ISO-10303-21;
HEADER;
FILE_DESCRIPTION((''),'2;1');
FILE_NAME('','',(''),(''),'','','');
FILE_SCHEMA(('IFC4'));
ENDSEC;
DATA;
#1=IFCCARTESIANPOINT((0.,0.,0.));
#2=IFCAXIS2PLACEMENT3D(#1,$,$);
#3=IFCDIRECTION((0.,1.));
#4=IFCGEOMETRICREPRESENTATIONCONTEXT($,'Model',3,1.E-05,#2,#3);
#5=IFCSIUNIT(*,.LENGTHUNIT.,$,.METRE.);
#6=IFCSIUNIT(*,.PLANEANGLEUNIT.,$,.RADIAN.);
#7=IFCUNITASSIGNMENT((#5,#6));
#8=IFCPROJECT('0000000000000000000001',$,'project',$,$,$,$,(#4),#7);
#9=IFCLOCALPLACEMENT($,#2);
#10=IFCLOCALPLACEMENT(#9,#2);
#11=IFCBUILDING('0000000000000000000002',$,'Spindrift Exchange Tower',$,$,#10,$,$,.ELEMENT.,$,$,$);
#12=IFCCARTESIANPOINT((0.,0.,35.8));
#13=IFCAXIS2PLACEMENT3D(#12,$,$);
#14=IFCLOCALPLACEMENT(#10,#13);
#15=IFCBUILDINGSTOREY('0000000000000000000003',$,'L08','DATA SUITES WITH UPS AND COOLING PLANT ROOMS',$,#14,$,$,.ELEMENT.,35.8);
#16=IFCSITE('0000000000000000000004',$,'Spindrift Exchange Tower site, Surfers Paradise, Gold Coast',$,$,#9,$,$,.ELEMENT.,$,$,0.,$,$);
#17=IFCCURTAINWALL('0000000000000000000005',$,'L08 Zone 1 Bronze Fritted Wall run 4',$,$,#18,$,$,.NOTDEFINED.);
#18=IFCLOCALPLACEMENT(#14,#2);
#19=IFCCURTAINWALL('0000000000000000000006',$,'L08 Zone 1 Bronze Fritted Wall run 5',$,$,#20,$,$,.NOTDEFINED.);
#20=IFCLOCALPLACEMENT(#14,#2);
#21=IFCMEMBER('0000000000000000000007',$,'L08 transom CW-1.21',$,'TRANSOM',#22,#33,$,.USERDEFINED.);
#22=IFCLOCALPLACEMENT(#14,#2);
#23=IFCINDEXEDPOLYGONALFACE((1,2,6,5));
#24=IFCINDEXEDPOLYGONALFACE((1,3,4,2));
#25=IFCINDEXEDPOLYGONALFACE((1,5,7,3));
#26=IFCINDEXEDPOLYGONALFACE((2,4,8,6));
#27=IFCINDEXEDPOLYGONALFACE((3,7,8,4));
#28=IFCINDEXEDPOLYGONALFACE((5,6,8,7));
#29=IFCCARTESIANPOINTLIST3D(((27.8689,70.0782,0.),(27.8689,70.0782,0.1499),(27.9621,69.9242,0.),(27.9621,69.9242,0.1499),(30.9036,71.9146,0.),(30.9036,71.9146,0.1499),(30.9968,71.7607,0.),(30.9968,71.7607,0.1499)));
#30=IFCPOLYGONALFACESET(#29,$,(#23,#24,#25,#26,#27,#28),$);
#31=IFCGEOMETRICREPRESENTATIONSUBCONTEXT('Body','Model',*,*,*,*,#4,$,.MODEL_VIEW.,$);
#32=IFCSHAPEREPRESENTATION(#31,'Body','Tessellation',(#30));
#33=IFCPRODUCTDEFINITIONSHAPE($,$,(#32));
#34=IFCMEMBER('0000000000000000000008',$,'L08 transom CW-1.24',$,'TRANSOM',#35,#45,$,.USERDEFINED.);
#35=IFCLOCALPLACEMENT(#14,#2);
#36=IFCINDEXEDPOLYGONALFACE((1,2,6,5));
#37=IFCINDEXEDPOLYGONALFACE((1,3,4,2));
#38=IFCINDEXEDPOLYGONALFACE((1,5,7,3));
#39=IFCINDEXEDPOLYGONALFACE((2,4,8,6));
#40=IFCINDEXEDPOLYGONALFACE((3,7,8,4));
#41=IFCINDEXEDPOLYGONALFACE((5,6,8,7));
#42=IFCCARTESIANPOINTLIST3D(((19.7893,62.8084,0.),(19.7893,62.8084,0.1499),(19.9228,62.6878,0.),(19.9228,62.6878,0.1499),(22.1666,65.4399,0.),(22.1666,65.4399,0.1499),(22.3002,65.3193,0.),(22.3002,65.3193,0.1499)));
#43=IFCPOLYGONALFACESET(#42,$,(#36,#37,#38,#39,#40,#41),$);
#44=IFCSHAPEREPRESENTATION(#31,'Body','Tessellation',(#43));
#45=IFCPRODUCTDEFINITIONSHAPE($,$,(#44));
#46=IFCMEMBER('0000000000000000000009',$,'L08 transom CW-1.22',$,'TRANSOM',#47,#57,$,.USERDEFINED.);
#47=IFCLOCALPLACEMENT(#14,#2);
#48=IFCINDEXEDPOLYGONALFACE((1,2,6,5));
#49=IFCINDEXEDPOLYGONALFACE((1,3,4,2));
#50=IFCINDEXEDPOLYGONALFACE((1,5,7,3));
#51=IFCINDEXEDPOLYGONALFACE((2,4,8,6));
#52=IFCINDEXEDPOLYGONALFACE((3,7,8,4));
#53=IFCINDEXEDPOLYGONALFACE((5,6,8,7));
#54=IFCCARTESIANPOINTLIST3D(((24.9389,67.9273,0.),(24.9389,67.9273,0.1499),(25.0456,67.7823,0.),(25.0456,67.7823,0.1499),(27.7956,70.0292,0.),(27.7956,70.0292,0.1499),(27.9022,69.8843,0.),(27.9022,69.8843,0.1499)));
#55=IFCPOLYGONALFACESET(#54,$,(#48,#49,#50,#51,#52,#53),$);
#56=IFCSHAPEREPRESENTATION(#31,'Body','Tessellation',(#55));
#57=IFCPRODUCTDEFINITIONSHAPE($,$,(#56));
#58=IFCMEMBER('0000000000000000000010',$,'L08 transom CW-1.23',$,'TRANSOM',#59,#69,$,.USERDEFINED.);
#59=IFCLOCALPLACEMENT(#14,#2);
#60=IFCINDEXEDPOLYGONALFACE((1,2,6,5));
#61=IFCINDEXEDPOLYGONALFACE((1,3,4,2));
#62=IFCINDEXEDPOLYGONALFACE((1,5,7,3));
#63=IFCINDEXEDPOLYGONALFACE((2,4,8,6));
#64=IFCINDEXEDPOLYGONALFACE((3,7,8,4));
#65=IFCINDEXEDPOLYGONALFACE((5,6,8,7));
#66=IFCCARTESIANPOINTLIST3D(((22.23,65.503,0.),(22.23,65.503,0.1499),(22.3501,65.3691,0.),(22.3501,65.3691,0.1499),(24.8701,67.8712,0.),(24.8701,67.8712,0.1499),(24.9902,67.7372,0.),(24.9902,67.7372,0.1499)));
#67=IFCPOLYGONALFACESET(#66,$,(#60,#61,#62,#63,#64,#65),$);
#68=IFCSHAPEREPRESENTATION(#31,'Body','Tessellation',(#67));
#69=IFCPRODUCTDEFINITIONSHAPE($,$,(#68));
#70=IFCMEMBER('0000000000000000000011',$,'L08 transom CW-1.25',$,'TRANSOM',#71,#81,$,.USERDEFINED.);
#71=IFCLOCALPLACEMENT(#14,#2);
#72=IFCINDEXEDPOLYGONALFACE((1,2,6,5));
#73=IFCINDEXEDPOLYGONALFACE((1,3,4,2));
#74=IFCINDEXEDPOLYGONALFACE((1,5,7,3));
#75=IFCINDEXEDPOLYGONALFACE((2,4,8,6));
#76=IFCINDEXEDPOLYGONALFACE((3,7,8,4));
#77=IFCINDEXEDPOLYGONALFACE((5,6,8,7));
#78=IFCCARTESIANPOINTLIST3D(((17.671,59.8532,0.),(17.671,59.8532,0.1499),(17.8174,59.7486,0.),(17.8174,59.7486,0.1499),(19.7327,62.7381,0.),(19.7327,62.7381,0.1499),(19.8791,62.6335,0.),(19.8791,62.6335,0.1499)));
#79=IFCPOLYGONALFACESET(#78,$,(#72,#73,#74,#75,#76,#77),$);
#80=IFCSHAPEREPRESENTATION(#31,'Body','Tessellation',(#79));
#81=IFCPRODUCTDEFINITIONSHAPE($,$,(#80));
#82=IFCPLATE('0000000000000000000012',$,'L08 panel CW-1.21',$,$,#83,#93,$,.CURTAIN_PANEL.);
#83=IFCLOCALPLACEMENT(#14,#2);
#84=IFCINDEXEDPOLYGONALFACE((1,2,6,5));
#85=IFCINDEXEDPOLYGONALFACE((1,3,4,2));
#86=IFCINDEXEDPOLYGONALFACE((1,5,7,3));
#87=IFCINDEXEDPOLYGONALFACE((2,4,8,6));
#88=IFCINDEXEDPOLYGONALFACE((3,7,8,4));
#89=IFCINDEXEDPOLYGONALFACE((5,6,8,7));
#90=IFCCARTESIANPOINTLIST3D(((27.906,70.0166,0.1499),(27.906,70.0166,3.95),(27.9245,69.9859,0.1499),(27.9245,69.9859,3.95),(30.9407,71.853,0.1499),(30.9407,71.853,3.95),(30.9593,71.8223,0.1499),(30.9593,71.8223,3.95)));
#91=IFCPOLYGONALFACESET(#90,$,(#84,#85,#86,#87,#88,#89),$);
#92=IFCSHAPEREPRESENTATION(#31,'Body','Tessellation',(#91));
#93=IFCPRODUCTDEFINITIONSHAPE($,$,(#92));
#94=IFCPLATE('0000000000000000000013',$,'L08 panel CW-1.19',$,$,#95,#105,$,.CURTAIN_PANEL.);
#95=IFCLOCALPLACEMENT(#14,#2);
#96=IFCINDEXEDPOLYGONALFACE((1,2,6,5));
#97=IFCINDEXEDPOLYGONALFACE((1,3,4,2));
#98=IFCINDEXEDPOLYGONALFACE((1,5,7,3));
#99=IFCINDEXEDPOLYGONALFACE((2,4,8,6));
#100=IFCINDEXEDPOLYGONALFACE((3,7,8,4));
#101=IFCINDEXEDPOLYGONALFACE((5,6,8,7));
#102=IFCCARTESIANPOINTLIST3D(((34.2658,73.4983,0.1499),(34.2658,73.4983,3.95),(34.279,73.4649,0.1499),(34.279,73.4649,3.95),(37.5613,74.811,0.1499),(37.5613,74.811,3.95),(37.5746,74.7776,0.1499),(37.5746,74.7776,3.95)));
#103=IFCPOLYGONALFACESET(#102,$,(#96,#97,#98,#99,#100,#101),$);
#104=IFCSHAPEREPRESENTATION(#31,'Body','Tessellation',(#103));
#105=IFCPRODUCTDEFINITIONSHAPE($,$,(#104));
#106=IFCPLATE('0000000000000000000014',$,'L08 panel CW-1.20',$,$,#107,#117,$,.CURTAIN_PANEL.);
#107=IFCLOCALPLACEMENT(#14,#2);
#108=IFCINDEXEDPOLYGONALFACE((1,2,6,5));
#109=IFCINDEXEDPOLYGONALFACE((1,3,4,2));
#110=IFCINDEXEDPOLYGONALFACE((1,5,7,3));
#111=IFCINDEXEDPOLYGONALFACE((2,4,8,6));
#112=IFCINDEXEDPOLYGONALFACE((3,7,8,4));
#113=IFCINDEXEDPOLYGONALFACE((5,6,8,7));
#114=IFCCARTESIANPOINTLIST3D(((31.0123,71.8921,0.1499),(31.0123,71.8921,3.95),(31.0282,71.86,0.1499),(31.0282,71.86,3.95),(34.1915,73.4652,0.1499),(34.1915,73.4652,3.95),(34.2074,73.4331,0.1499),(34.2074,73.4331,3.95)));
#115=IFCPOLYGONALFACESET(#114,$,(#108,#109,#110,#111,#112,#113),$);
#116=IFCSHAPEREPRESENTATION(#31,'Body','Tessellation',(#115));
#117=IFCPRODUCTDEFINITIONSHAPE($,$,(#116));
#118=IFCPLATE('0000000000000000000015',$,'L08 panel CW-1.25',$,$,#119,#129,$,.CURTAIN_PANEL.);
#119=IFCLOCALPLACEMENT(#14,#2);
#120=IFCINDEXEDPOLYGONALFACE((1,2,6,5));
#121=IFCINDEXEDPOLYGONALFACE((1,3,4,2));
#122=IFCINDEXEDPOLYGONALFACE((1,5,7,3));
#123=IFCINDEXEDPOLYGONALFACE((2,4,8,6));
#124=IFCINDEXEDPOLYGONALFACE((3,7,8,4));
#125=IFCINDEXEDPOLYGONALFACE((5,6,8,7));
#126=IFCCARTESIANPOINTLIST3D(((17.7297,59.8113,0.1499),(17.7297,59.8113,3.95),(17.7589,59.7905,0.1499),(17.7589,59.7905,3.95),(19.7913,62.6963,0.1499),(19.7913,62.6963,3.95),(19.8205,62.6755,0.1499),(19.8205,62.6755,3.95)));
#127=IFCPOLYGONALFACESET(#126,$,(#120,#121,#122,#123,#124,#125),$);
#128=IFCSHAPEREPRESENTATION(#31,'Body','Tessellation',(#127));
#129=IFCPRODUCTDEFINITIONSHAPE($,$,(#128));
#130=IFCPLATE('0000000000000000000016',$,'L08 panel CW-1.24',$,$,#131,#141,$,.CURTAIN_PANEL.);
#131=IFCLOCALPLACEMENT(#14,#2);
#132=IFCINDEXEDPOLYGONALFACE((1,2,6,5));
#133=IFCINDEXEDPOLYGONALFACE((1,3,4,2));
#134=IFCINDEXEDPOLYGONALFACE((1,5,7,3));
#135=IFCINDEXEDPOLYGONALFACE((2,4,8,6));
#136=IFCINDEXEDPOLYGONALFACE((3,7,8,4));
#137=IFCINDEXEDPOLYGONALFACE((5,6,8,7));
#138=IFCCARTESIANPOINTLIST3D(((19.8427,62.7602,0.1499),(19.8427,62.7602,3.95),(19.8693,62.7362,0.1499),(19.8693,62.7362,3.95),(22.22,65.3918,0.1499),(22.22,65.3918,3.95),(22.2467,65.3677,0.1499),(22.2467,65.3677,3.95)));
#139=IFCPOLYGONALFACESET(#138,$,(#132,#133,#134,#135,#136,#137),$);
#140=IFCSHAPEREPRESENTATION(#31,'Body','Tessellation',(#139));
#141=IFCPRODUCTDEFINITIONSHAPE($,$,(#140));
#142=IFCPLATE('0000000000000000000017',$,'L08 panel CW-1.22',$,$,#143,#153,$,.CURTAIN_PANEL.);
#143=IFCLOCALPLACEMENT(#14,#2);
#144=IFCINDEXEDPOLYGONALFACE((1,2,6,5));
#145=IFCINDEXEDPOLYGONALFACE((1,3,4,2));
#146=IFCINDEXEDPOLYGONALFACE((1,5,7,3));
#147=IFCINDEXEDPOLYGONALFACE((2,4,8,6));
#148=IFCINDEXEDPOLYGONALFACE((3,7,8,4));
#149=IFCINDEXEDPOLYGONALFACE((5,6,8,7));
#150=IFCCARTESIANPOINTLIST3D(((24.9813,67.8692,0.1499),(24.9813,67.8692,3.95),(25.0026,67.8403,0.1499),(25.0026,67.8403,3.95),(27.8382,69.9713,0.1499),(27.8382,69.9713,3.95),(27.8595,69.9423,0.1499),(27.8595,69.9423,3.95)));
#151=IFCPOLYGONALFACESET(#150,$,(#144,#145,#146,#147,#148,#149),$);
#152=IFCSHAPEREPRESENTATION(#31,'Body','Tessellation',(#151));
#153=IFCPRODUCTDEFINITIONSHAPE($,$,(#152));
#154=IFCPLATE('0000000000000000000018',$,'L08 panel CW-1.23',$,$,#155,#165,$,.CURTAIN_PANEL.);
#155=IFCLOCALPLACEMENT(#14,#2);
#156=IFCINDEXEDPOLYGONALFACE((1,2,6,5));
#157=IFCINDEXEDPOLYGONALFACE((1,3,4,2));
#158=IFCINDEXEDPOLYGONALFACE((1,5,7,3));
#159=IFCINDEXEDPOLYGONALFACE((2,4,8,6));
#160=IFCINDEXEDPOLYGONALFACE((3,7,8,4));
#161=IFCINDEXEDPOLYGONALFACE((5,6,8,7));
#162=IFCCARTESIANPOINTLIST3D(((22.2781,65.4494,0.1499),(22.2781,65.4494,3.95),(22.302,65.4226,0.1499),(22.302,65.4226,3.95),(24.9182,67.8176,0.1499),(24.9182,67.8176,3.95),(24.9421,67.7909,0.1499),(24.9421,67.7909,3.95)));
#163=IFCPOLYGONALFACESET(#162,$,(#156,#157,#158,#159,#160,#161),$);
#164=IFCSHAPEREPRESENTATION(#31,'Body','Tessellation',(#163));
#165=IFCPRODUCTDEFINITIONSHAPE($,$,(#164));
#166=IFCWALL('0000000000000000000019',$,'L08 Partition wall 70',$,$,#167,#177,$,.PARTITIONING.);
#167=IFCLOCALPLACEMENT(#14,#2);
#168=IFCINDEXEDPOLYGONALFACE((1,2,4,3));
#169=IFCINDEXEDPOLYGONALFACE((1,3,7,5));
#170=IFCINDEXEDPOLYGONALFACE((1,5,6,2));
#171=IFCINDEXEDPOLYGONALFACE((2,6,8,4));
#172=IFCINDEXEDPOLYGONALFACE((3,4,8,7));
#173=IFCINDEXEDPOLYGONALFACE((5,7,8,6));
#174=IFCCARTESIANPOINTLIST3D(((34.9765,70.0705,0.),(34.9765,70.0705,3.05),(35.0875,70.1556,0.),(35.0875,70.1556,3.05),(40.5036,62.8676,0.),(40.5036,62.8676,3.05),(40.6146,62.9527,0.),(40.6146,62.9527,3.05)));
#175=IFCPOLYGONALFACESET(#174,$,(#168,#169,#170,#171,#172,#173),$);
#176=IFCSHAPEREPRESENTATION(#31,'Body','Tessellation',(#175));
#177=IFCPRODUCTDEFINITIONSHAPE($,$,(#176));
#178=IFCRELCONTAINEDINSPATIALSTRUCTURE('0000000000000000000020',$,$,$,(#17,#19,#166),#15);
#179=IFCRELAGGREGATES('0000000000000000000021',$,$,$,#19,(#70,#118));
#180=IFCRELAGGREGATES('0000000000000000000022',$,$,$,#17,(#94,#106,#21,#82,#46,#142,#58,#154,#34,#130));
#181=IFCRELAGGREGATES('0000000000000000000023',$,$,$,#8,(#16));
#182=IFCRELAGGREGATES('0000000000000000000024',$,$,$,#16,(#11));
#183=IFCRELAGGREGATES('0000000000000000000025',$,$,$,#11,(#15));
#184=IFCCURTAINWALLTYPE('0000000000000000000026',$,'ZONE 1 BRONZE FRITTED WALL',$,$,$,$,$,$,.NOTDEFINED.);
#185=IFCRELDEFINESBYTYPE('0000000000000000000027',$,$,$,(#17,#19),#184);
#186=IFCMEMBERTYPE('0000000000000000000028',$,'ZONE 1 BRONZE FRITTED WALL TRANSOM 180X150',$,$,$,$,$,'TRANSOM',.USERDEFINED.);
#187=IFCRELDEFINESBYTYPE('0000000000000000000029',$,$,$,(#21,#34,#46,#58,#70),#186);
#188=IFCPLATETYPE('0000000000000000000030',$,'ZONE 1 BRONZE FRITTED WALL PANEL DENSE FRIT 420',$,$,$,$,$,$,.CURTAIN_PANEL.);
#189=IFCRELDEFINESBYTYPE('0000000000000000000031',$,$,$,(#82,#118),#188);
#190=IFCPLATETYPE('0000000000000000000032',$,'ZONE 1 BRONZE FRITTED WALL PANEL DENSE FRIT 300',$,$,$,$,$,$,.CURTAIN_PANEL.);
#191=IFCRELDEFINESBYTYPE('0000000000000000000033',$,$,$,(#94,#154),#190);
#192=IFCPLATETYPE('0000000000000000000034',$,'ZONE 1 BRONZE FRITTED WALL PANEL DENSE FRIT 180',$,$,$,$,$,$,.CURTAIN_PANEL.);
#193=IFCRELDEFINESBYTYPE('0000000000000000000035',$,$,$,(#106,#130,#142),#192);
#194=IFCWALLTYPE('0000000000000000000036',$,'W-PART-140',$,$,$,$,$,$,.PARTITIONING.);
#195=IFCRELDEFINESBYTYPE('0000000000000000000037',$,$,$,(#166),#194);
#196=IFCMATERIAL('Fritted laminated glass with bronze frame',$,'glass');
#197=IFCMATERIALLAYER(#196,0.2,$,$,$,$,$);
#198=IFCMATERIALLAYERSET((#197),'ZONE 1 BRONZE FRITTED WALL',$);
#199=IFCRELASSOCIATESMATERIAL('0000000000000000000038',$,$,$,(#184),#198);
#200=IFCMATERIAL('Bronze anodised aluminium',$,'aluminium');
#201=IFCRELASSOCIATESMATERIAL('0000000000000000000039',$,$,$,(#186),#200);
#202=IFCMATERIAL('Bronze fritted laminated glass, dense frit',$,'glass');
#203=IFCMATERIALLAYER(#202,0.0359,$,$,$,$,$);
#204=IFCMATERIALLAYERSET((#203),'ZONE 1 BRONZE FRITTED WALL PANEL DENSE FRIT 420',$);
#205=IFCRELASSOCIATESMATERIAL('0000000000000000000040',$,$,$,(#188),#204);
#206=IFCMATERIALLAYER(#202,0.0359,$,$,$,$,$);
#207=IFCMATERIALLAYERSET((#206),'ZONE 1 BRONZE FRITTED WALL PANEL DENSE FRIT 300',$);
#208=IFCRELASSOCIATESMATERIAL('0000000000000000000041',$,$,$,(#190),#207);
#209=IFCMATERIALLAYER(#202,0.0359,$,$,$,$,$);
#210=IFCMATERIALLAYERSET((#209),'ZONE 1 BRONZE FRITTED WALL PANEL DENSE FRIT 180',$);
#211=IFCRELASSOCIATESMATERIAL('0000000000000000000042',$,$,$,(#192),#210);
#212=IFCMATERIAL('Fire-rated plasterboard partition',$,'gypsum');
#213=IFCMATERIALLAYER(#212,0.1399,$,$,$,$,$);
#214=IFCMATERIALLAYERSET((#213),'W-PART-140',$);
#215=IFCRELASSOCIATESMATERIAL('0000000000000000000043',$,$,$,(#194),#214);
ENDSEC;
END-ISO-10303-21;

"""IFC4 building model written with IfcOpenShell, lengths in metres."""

from ifc_helpers import new_model, si_unit, direction, frame, frame_2d, origin, origin_2d, place, context, subcontext, project, spatial, rectangle, extrude, source, transform, mapped, material, layer, layer_set, material_profile, profile_set, type_object, element, aggregate, save


model = new_model("IFC4")

# Units and contexts
model_context = context("Model", 3, precision=1e-05, world=origin(), true_north=direction((0.0, 1.0)))
body_context = subcontext(model_context, "Body", "Model", "MODEL_VIEW")
ifc_project = project(units=[si_unit("LENGTHUNIT", "METRE"), si_unit("PLANEANGLEUNIT", "RADIAN")], contexts=[model_context])

# Site, building, storey
site_placement = place(None, origin())
site = spatial("IfcSite", under=ifc_project, at=site_placement, Name="Spindrift Exchange Tower site, Surfers Paradise, Gold Coast", CompositionType="ELEMENT", RefElevation=0.0)
building_placement = place(site_placement, origin())
building = spatial("IfcBuilding", under=site, at=building_placement, Name="Spindrift Exchange Tower", CompositionType="ELEMENT")
storey_placement = place(building_placement, frame((0.0, 0.0, 35.8)))
storey = spatial("IfcBuildingStorey", under=building, at=storey_placement, Name="L08", Description="DATA SUITES WITH UPS AND COOLING PLANT ROOMS", CompositionType="ELEMENT", Elevation=35.8)

# Curtain wall
ifc_material_1 = material(Name="Fritted laminated glass with bronze frame", Category="glass")
ifc_layer_1 = layer(ifc_material_1, 0.2)
ifc_layer_set_1 = layer_set([ifc_layer_1], Name="ZONE 1 BRONZE FRITTED WALL")
curtain_wall_type = type_object("IfcCurtainWallType", Name="ZONE 1 BRONZE FRITTED WALL", PredefinedType="NOTDEFINED", material=ifc_layer_set_1)
curtain_wall_1_placement = place(storey_placement, origin())
curtain_wall_1 = element("IfcCurtainWall", 1, at=curtain_wall_1_placement, inside=storey, type_object=curtain_wall_type, Name="L08 Zone 1 Bronze Fritted Wall run 4", PredefinedType="NOTDEFINED")
ifc_material_2 = material(Name="Bronze anodised aluminium", Category="aluminium")

# Curtain wall
curtain_wall_2_placement = place(storey_placement, origin())
curtain_wall_2 = element("IfcCurtainWall", 2, at=curtain_wall_2_placement, inside=storey, type_object=curtain_wall_type, Name="L08 Zone 1 Bronze Fritted Wall run 5", PredefinedType="NOTDEFINED")

# Members
ifc_material_profile_1 = material_profile(ifc_material_2, rectangle(XDim=0.1799, YDim=0.1499, at=origin_2d()), Name="ZONE 1 BRONZE FRITTED WALL TRANSOM 180X150")
ifc_profile_set_1 = profile_set([ifc_material_profile_1], Name="Bronze anodised aluminium")
member_type_1 = type_object("IfcMemberType", Name="ZONE 1 BRONZE FRITTED WALL TRANSOM 180X150", ElementType="TRANSOM", PredefinedType="USERDEFINED", material=ifc_profile_set_1)
shared_shape_1 = source(origin(), body_context, "Body", "SweptSolid", [
    extrude(rectangle(XDim=0.1799, YDim=0.1499, at=origin_2d()), origin(), (0.0, 0.0, 1.0), 3.5471),
])
member_1_placement = place(storey_placement, frame((30.9502, 71.8376, 0.075), z_axis=(-0.855543, -0.517731, 0.0), x_axis=(0.517731, -0.855543, 0.0)))
member_1 = element("IfcMember", 3, at=member_1_placement, type_object=member_type_1, Name="L08 transom CW-1.21", ObjectType="TRANSOM", PredefinedType="USERDEFINED", context=body_context, shape_type="MappedRepresentation", body=[
    mapped(shared_shape_1, transform((0.0, 0.0, 0.0), scale=1.0)),
])
shared_shape_2 = source(origin(), body_context, "Body", "SweptSolid", [
    extrude(rectangle(XDim=0.1799, YDim=0.1499, at=origin_2d()), origin(), (0.0, 0.0, 1.0), 3.5464),
])
member_2_placement = place(storey_placement, frame((22.2334, 65.3796, 0.075), z_axis=(-0.670367, -0.74203, 0.0), x_axis=(0.74203, -0.670367, 0.0)))
member_2 = element("IfcMember", 4, at=member_2_placement, type_object=member_type_1, Name="L08 transom CW-1.24", ObjectType="TRANSOM", PredefinedType="USERDEFINED", context=body_context, shape_type="MappedRepresentation", body=[
    mapped(shared_shape_2, transform((0.0, 0.0, 0.0), scale=1.0)),
])
shared_shape_3 = source(origin(), body_context, "Body", "SweptSolid", [
    extrude(rectangle(XDim=0.1799, YDim=0.1499, at=origin_2d()), origin(), (0.0, 0.0, 1.0), 3.5466),
])
member_3_placement = place(storey_placement, frame((27.8489, 69.9568, 0.075), z_axis=(-0.805443, -0.592673, 0.0), x_axis=(0.592673, -0.805443, 0.0)))
member_3 = element("IfcMember", 5, at=member_3_placement, type_object=member_type_1, Name="L08 transom CW-1.22", ObjectType="TRANSOM", PredefinedType="USERDEFINED", context=body_context, shape_type="MappedRepresentation", body=[
    mapped(shared_shape_3, transform((0.0, 0.0, 0.0), scale=1.0)),
])
member_4_placement = place(storey_placement, frame((24.9302, 67.8042, 0.075), z_axis=(-0.744409, -0.667724, 0.0), x_axis=(0.667724, -0.744409, 0.0)))
member_4 = element("IfcMember", 6, at=member_4_placement, type_object=member_type_1, Name="L08 transom CW-1.23", ObjectType="TRANSOM", PredefinedType="USERDEFINED", context=body_context, shape_type="MappedRepresentation", body=[
    mapped(shared_shape_3, transform((0.0, 0.0, 0.0), scale=1.0)),
])
shared_shape_4 = source(origin(), body_context, "Body", "SweptSolid", [
    extrude(rectangle(XDim=0.1799, YDim=0.1499, at=origin_2d()), origin(), (0.0, 0.0, 1.0), 3.5459),
])
member_5_placement = place(storey_placement, frame((19.8059, 62.6858, 0.075), z_axis=(-0.581434, -0.813594, 0.0), x_axis=(0.813594, -0.581434, 0.0)))
member_5 = element("IfcMember", 7, at=member_5_placement, type_object=member_type_1, Name="L08 transom CW-1.25", ObjectType="TRANSOM", PredefinedType="USERDEFINED", context=body_context, shape_type="MappedRepresentation", body=[
    mapped(shared_shape_4, transform((0.0, 0.0, 0.0), scale=1.0)),
])

# Plates
ifc_material_3 = material(Name="Bronze fritted laminated glass, dense frit", Category="glass")
ifc_layer_2 = layer(ifc_material_3, 0.0359)
ifc_layer_set_2 = layer_set([ifc_layer_2], Name="ZONE 1 BRONZE FRITTED WALL PANEL DENSE FRIT 420")
plate_type_1 = type_object("IfcPlateType", Name="ZONE 1 BRONZE FRITTED WALL PANEL DENSE FRIT 420", PredefinedType="CURTAIN_PANEL", material=ifc_layer_set_2)
shared_shape_5 = source(origin(), body_context, "Body", "SweptSolid", [
    extrude(rectangle(XDim=3.5471, YDim=0.0359, at=origin_2d()), origin(), (0.0, 0.0, 1.0), 3.8),
])
plate_1_placement = place(storey_placement, frame((29.4326, 70.9194, 0.1499), z_axis=(0.0, 0.0, 1.0), x_axis=(-0.855548, -0.517724, 0.0)))
plate_1 = element("IfcPlate", 8, at=plate_1_placement, type_object=plate_type_1, Name="L08 panel CW-1.21", PredefinedType="CURTAIN_PANEL", context=body_context, shape_type="MappedRepresentation", body=[
    mapped(shared_shape_5, transform((0.0, 0.0, 0.0), scale=1.0)),
])
ifc_layer_3 = layer(ifc_material_3, 0.0359)
ifc_layer_set_3 = layer_set([ifc_layer_3], Name="ZONE 1 BRONZE FRITTED WALL PANEL DENSE FRIT 300")
plate_type_2 = type_object("IfcPlateType", Name="ZONE 1 BRONZE FRITTED WALL PANEL DENSE FRIT 300", PredefinedType="CURTAIN_PANEL", material=ifc_layer_set_3)
shared_shape_6 = source(origin(), body_context, "Body", "SweptSolid", [
    extrude(rectangle(XDim=3.5474, YDim=0.0359, at=origin_2d()), origin(), (0.0, 0.0, 1.0), 3.8),
])
plate_2_placement = place(storey_placement, frame((35.9202, 74.1379, 0.1499), z_axis=(0.0, 0.0, 1.0), x_axis=(-0.92901, -0.370055, 0.0)))
plate_2 = element("IfcPlate", 9, at=plate_2_placement, type_object=plate_type_2, Name="L08 panel CW-1.19", PredefinedType="CURTAIN_PANEL", context=body_context, shape_type="MappedRepresentation", body=[
    mapped(shared_shape_6, transform((0.0, 0.0, 0.0), scale=1.0)),
])
ifc_layer_4 = layer(ifc_material_3, 0.0359)
ifc_layer_set_4 = layer_set([ifc_layer_4], Name="ZONE 1 BRONZE FRITTED WALL PANEL DENSE FRIT 180")
plate_type_3 = type_object("IfcPlateType", Name="ZONE 1 BRONZE FRITTED WALL PANEL DENSE FRIT 180", PredefinedType="CURTAIN_PANEL", material=ifc_layer_set_4)
shared_shape_7 = source(origin(), body_context, "Body", "SweptSolid", [
    extrude(rectangle(XDim=3.5471, YDim=0.0359, at=origin_2d()), origin(), (0.0, 0.0, 1.0), 3.8),
])
plate_3_placement = place(storey_placement, frame((32.6099, 72.6626, 0.1499), z_axis=(0.0, 0.0, 1.0), x_axis=(-0.896283, -0.443483, 0.0)))
plate_3 = element("IfcPlate", 10, at=plate_3_placement, type_object=plate_type_3, Name="L08 panel CW-1.20", PredefinedType="CURTAIN_PANEL", context=body_context, shape_type="MappedRepresentation", body=[
    mapped(shared_shape_7, transform((0.0, 0.0, 0.0), scale=1.0)),
])
shared_shape_8 = source(origin(), body_context, "Body", "SweptSolid", [
    extrude(rectangle(XDim=3.5459, YDim=0.0359, at=origin_2d()), origin(), (0.0, 0.0, 1.0), 3.8),
])
plate_4_placement = place(storey_placement, frame((18.7751, 61.2434, 0.1499), z_axis=(0.0, 0.0, 1.0), x_axis=(-0.581405, -0.813615, 0.0)))
plate_4 = element("IfcPlate", 11, at=plate_4_placement, type_object=plate_type_1, Name="L08 panel CW-1.25", PredefinedType="CURTAIN_PANEL", context=body_context, shape_type="MappedRepresentation", body=[
    mapped(shared_shape_8, transform((0.0, 0.0, 0.0), scale=1.0)),
])
aggregate(curtain_wall_2, [member_5, plate_4])
shared_shape_9 = source(origin(), body_context, "Body", "SweptSolid", [
    extrude(rectangle(XDim=3.5464, YDim=0.0359, at=origin_2d()), origin(), (0.0, 0.0, 1.0), 3.8),
])
plate_5_placement = place(storey_placement, frame((21.0447, 64.064, 0.1499), z_axis=(0.0, 0.0, 1.0), x_axis=(-0.670363, -0.742033, 0.0)))
plate_5 = element("IfcPlate", 12, at=plate_5_placement, type_object=plate_type_3, Name="L08 panel CW-1.24", PredefinedType="CURTAIN_PANEL", context=body_context, shape_type="MappedRepresentation", body=[
    mapped(shared_shape_9, transform((0.0, 0.0, 0.0), scale=1.0)),
])
shared_shape_10 = source(origin(), body_context, "Body", "SweptSolid", [
    extrude(rectangle(XDim=3.5469, YDim=0.0359, at=origin_2d()), origin(), (0.0, 0.0, 1.0), 3.8),
])
plate_6_placement = place(storey_placement, frame((26.4204, 68.9058, 0.1499), z_axis=(0.0, 0.0, 1.0), x_axis=(-0.805456, -0.592656, 0.0)))
plate_6 = element("IfcPlate", 13, at=plate_6_placement, type_object=plate_type_3, Name="L08 panel CW-1.22", PredefinedType="CURTAIN_PANEL", context=body_context, shape_type="MappedRepresentation", body=[
    mapped(shared_shape_10, transform((0.0, 0.0, 0.0), scale=1.0)),
])
shared_shape_11 = source(origin(), body_context, "Body", "SweptSolid", [
    extrude(rectangle(XDim=3.5466, YDim=0.0359, at=origin_2d()), origin(), (0.0, 0.0, 1.0), 3.8),
])
plate_7_placement = place(storey_placement, frame((23.6101, 66.6201, 0.1499), z_axis=(0.0, 0.0, 1.0), x_axis=(-0.744394, -0.66774, 0.0)))
plate_7 = element("IfcPlate", 14, at=plate_7_placement, type_object=plate_type_2, Name="L08 panel CW-1.23", PredefinedType="CURTAIN_PANEL", context=body_context, shape_type="MappedRepresentation", body=[
    mapped(shared_shape_11, transform((0.0, 0.0, 0.0), scale=1.0)),
])
aggregate(curtain_wall_1, [plate_2, plate_3, member_1, plate_1, member_3, plate_6, member_4, plate_7, member_2, plate_5])

# Wall
ifc_material_4 = material(Name="Fire-rated plasterboard partition", Category="gypsum")
ifc_layer_5 = layer(ifc_material_4, 0.1399)
ifc_layer_set_5 = layer_set([ifc_layer_5], Name="W-PART-140")
wall_type = type_object("IfcWallType", Name="W-PART-140", PredefinedType="PARTITIONING", material=ifc_layer_set_5)
wall_1_placement = place(storey_placement, frame((35.032, 70.113, 0.0), z_axis=(0.0, 0.0, 1.0), x_axis=(0.608771, -0.793346, 0.0)))
element("IfcWall", 15, at=wall_1_placement, inside=storey, type_object=wall_type, Name="L08 Partition wall 70", PredefinedType="PARTITIONING", context=body_context, shape_type="SweptSolid", body=[
    extrude(rectangle(XDim=9.0791, YDim=0.1399, at=frame_2d((4.5396, 0.0))), origin(), (0.0, 0.0, 1.0), 3.05),
])

save(model, "model.ifc")
